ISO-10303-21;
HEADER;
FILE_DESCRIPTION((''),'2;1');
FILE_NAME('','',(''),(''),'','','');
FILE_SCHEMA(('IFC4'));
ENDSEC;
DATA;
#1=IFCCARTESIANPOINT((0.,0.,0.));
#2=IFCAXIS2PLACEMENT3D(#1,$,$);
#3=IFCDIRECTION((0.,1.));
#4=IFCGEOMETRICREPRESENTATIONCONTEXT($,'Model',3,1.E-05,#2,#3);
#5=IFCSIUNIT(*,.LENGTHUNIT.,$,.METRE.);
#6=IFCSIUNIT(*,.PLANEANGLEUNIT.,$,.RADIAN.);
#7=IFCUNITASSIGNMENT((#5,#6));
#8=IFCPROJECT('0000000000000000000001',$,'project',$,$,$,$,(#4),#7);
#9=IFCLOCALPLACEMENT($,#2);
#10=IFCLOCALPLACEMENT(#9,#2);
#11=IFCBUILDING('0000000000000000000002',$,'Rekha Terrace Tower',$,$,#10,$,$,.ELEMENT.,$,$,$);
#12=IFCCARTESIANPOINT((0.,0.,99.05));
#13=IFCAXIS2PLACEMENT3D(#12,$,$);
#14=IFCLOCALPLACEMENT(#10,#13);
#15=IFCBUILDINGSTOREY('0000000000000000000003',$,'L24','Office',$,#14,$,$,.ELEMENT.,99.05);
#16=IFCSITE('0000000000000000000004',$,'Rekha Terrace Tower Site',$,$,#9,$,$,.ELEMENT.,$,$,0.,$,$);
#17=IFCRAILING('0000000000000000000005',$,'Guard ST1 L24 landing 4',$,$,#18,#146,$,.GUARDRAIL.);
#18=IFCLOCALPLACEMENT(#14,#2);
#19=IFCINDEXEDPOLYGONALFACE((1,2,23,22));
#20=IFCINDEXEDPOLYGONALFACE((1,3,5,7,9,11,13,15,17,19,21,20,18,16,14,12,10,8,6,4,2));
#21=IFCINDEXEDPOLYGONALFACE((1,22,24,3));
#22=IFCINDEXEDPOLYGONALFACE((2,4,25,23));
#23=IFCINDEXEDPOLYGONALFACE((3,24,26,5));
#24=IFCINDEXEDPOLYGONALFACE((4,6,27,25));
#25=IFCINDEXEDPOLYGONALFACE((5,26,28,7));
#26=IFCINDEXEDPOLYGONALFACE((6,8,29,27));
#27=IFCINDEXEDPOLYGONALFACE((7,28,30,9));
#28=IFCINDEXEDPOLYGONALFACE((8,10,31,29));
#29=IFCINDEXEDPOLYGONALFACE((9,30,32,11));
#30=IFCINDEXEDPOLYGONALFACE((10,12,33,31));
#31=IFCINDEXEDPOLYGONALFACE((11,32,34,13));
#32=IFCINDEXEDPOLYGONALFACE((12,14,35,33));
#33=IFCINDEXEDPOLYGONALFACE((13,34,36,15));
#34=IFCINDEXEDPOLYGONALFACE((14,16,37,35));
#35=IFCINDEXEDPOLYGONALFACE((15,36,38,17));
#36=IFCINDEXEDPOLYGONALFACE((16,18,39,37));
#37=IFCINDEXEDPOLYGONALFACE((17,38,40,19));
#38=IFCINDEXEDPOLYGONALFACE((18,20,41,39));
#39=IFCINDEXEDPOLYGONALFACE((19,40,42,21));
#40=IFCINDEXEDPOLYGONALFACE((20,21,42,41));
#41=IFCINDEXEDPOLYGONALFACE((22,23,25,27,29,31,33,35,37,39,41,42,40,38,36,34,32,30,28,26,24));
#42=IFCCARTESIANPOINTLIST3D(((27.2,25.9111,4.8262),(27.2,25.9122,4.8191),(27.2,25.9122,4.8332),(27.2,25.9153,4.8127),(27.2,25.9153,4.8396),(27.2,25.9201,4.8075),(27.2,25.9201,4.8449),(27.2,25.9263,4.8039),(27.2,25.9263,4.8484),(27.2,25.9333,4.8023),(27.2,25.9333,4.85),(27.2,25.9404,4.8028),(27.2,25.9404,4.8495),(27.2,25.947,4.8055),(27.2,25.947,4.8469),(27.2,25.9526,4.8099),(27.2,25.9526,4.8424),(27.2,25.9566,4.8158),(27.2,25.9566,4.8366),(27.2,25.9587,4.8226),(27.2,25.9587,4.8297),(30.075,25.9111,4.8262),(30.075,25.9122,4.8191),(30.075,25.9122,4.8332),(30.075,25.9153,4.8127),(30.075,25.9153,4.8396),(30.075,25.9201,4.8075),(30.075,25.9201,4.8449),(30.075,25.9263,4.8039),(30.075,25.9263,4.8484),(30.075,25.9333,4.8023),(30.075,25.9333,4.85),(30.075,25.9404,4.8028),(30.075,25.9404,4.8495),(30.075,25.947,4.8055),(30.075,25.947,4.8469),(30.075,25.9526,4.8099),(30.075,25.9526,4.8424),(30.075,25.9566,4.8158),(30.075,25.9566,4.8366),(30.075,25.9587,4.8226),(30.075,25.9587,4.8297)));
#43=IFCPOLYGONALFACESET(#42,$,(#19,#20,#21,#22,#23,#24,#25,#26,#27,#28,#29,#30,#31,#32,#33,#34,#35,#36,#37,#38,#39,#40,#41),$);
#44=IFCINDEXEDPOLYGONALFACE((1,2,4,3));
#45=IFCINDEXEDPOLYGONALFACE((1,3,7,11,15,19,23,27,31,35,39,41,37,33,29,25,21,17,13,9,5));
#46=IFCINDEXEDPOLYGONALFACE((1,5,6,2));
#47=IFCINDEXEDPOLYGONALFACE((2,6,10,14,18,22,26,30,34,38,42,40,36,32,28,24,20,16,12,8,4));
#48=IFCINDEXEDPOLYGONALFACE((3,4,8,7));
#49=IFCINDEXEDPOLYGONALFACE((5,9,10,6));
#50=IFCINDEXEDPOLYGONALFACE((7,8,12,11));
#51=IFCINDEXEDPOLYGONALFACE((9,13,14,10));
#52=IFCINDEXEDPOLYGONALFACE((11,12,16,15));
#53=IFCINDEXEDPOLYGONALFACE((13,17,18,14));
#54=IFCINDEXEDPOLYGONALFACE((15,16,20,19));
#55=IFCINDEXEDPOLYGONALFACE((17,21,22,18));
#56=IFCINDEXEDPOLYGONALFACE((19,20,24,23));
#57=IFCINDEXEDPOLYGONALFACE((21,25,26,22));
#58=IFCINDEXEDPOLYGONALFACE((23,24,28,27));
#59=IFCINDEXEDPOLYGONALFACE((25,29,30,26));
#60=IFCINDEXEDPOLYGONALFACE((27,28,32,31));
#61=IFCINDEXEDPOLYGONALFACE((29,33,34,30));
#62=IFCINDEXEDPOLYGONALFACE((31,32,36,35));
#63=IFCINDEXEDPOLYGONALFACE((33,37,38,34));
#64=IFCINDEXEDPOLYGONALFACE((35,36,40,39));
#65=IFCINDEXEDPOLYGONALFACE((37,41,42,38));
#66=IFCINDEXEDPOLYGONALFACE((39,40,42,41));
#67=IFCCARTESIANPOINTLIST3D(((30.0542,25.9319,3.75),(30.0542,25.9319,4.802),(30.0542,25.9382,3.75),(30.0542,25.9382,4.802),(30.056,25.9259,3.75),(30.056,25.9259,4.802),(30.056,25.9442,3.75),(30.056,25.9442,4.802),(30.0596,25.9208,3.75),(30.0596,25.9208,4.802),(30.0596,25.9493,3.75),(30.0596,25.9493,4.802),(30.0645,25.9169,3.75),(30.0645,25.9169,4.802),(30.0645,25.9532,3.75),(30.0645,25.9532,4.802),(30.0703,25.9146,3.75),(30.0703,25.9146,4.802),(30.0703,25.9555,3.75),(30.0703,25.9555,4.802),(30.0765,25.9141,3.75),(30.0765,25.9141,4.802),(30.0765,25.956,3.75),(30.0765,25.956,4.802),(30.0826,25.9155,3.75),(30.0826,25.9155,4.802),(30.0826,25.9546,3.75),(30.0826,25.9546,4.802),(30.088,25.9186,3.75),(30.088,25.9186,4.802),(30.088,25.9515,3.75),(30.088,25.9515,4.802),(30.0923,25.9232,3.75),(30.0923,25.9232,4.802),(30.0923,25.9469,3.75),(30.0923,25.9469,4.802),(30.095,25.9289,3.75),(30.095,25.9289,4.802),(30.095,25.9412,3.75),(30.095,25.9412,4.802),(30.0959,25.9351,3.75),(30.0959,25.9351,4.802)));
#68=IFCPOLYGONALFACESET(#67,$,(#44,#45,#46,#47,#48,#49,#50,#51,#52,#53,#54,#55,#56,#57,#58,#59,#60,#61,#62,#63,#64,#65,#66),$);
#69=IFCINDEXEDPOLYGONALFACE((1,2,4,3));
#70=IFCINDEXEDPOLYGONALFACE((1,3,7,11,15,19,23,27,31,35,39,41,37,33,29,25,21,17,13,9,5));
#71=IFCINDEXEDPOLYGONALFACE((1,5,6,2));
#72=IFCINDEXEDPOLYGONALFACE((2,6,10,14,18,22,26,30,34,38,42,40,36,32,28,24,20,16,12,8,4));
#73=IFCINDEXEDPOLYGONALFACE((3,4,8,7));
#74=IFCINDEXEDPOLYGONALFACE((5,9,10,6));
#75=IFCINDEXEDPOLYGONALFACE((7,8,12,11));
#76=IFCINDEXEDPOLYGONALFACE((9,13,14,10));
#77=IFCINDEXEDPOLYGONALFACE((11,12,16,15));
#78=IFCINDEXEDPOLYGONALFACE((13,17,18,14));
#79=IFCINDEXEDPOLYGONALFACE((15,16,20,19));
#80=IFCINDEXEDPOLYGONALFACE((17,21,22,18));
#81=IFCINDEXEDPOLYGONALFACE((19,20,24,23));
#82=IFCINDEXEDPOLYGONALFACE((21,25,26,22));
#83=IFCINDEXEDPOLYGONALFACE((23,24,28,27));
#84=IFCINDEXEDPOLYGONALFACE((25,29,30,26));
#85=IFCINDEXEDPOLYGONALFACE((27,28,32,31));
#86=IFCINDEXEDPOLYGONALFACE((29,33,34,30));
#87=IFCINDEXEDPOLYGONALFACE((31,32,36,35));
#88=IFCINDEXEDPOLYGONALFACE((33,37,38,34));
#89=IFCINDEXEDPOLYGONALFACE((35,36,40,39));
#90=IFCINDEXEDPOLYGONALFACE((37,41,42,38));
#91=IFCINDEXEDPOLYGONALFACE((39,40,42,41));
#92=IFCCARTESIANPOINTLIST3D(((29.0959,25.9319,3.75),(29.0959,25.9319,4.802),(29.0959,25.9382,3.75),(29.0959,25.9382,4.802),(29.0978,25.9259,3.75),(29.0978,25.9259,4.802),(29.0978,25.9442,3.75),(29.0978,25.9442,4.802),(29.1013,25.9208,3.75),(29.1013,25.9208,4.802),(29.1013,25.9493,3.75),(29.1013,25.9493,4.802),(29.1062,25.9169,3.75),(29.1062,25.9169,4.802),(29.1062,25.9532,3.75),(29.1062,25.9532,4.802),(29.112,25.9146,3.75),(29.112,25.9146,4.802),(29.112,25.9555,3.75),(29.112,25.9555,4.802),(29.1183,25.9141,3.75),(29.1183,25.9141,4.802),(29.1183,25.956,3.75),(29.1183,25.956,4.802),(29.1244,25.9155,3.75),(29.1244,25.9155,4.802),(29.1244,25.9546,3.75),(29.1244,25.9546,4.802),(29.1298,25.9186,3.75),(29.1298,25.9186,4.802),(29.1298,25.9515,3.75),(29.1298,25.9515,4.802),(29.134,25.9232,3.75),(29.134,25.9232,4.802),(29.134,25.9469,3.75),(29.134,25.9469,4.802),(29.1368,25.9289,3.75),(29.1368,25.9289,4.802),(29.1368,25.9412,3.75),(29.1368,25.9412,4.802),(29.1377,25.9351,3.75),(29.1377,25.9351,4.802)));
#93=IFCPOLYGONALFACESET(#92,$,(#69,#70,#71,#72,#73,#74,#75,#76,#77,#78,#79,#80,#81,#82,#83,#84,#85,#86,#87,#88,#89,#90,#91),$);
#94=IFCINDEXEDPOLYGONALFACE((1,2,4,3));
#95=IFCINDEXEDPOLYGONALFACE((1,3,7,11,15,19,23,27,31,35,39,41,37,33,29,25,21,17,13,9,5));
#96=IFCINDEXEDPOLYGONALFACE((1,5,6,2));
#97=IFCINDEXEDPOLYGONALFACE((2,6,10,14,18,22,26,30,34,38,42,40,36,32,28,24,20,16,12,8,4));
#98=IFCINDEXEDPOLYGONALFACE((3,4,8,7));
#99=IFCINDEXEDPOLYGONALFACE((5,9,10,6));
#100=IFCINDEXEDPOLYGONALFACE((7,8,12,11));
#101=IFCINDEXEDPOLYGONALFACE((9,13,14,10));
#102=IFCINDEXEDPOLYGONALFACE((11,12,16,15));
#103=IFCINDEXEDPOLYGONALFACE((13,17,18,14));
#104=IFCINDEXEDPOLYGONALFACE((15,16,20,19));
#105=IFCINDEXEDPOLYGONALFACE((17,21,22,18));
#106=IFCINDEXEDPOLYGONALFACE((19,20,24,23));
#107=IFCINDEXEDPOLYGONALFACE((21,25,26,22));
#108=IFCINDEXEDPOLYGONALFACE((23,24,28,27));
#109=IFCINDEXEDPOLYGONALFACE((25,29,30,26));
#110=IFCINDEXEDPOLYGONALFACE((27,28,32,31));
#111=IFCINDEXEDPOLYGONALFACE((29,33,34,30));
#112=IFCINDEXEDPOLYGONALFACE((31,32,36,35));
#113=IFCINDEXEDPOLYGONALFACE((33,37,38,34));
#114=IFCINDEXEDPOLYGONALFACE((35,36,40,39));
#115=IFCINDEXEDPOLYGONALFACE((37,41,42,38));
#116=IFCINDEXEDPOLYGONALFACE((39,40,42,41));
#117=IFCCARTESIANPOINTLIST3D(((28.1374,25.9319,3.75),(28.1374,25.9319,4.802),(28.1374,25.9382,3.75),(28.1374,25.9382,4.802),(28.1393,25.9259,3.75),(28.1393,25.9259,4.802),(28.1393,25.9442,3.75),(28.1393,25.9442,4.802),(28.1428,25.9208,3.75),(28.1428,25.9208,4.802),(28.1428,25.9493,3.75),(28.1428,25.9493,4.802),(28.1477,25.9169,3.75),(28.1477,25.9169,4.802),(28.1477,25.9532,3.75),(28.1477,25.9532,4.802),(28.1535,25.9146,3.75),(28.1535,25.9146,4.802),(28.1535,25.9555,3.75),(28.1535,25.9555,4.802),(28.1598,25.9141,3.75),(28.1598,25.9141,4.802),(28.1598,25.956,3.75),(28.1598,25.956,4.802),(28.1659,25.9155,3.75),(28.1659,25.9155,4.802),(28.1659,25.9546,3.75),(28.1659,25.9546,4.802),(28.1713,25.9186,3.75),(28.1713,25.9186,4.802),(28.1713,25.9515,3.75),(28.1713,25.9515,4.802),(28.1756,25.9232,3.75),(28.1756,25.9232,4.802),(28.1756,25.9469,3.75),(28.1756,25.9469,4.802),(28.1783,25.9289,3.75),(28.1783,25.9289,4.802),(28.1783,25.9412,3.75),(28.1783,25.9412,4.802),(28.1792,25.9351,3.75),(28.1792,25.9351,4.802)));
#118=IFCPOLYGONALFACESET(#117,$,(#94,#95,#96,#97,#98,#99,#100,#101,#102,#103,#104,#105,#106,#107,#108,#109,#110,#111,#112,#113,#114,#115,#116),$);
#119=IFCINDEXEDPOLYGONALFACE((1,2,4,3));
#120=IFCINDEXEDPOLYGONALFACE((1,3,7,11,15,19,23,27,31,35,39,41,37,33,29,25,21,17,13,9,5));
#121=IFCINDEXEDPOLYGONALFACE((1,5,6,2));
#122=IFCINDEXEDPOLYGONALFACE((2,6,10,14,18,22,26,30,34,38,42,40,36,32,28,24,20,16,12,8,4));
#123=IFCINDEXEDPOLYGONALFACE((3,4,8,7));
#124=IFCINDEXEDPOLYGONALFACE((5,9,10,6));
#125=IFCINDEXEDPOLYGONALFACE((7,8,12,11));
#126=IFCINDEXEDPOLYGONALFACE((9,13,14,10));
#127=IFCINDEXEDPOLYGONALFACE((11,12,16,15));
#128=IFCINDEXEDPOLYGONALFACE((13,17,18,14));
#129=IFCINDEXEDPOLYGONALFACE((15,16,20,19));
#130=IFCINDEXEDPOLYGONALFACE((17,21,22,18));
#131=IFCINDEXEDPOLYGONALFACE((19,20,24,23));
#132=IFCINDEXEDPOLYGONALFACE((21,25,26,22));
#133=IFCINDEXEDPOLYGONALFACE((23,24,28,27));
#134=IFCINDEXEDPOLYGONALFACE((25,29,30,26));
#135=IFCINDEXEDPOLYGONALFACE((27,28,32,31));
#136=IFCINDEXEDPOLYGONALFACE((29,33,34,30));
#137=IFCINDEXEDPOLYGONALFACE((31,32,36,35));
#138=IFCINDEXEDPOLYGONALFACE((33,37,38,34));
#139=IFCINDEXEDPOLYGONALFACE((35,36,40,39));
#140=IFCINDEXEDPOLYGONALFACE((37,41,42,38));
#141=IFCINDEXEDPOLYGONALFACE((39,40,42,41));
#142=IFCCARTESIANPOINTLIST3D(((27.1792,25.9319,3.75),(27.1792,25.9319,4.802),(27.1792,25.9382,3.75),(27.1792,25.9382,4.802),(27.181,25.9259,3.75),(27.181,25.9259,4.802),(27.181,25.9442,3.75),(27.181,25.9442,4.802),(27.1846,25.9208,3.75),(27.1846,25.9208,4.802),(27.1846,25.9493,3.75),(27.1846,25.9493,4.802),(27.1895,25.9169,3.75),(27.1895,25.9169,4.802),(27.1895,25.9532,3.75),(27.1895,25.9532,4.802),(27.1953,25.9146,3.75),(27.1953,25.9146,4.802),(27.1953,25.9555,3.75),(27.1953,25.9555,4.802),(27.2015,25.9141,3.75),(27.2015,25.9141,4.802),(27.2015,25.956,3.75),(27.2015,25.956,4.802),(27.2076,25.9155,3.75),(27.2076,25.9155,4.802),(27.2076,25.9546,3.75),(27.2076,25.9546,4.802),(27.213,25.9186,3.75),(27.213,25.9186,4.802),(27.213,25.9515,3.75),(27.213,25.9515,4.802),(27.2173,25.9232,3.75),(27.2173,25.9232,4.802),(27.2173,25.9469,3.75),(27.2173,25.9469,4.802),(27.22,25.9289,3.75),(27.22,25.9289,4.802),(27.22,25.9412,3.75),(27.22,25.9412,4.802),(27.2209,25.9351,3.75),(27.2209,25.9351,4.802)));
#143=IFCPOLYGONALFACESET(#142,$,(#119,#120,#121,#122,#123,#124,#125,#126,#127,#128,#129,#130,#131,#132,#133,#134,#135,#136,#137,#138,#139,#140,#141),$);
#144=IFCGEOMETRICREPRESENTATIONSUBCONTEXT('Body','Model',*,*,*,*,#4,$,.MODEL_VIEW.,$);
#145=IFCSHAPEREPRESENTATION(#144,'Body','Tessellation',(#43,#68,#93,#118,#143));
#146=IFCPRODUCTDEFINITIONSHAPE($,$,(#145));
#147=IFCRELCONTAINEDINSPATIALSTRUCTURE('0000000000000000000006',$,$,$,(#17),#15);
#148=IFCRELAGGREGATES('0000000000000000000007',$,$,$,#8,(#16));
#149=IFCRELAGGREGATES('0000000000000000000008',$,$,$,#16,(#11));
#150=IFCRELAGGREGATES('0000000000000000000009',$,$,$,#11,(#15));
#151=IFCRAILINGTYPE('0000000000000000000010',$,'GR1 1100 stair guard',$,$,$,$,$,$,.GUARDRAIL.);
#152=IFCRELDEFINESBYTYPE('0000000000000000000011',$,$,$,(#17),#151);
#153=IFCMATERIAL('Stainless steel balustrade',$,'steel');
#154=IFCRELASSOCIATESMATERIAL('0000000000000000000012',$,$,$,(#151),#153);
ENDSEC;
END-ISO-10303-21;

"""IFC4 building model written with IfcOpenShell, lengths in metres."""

from ifc_helpers import new_model, si_unit, direction, frame, origin, origin_2d, place, context, subcontext, project, spatial, circle, extrude, material, type_object, element, save


model = new_model("IFC4")

# Units and contexts
model_context = context("Model", 3, precision=1e-05, world=origin(), true_north=direction((0.0, 1.0)))
body_context = subcontext(model_context, "Body", "Model", "MODEL_VIEW")
ifc_project = project(units=[si_unit("LENGTHUNIT", "METRE"), si_unit("PLANEANGLEUNIT", "RADIAN")], contexts=[model_context])

# Site, building, storey
site_placement = place(None, origin())
site = spatial("IfcSite", under=ifc_project, at=site_placement, Name="Rekha Terrace Tower Site", CompositionType="ELEMENT", RefElevation=0.0)
building_placement = place(site_placement, origin())
building = spatial("IfcBuilding", under=site, at=building_placement, Name="Rekha Terrace Tower", CompositionType="ELEMENT")
storey_placement = place(building_placement, frame((0.0, 0.0, 99.05)))
storey = spatial("IfcBuildingStorey", under=building, at=storey_placement, Name="L24", Description="Office", CompositionType="ELEMENT", Elevation=99.05)

# Railing
ifc_material_1 = material(Name="Stainless steel balustrade", Category="steel")
railing_type_1 = type_object("IfcRailingType", Name="GR1 1100 stair guard", PredefinedType="GUARDRAIL", material=ifc_material_1)
railing_1_placement = place(storey_placement, frame((30.075, 25.9351, 3.75)))
element("IfcRailing", 1, at=railing_1_placement, inside=storey, type_object=railing_type_1, Name="Guard ST1 L24 landing 4", PredefinedType="GUARDRAIL", context=body_context, shape_type="SweptSolid", body=[
    extrude(circle(Radius=0.0239, at=origin_2d()), frame((0.0, 0.0, 1.0762), z_axis=(-1.0, 0.0, 0.0), x_axis=(0.0, -1.0, 0.0)), (0.0, 0.0, 1.0), 2.875),
    extrude(circle(Radius=0.021, at=origin_2d()), origin(), (0.0, 0.0, 1.0), 1.052),
    extrude(circle(Radius=0.021, at=origin_2d()), frame((-0.9583, 0.0, 0.0)), (0.0, 0.0, 1.0), 1.052),
    extrude(circle(Radius=0.021, at=origin_2d()), frame((-1.9167, 0.0, 0.0)), (0.0, 0.0, 1.0), 1.052),
    extrude(circle(Radius=0.021, at=origin_2d()), frame((-2.875, 0.0, 0.0)), (0.0, 0.0, 1.0), 1.052),
])

save(model, "model.ifc")
